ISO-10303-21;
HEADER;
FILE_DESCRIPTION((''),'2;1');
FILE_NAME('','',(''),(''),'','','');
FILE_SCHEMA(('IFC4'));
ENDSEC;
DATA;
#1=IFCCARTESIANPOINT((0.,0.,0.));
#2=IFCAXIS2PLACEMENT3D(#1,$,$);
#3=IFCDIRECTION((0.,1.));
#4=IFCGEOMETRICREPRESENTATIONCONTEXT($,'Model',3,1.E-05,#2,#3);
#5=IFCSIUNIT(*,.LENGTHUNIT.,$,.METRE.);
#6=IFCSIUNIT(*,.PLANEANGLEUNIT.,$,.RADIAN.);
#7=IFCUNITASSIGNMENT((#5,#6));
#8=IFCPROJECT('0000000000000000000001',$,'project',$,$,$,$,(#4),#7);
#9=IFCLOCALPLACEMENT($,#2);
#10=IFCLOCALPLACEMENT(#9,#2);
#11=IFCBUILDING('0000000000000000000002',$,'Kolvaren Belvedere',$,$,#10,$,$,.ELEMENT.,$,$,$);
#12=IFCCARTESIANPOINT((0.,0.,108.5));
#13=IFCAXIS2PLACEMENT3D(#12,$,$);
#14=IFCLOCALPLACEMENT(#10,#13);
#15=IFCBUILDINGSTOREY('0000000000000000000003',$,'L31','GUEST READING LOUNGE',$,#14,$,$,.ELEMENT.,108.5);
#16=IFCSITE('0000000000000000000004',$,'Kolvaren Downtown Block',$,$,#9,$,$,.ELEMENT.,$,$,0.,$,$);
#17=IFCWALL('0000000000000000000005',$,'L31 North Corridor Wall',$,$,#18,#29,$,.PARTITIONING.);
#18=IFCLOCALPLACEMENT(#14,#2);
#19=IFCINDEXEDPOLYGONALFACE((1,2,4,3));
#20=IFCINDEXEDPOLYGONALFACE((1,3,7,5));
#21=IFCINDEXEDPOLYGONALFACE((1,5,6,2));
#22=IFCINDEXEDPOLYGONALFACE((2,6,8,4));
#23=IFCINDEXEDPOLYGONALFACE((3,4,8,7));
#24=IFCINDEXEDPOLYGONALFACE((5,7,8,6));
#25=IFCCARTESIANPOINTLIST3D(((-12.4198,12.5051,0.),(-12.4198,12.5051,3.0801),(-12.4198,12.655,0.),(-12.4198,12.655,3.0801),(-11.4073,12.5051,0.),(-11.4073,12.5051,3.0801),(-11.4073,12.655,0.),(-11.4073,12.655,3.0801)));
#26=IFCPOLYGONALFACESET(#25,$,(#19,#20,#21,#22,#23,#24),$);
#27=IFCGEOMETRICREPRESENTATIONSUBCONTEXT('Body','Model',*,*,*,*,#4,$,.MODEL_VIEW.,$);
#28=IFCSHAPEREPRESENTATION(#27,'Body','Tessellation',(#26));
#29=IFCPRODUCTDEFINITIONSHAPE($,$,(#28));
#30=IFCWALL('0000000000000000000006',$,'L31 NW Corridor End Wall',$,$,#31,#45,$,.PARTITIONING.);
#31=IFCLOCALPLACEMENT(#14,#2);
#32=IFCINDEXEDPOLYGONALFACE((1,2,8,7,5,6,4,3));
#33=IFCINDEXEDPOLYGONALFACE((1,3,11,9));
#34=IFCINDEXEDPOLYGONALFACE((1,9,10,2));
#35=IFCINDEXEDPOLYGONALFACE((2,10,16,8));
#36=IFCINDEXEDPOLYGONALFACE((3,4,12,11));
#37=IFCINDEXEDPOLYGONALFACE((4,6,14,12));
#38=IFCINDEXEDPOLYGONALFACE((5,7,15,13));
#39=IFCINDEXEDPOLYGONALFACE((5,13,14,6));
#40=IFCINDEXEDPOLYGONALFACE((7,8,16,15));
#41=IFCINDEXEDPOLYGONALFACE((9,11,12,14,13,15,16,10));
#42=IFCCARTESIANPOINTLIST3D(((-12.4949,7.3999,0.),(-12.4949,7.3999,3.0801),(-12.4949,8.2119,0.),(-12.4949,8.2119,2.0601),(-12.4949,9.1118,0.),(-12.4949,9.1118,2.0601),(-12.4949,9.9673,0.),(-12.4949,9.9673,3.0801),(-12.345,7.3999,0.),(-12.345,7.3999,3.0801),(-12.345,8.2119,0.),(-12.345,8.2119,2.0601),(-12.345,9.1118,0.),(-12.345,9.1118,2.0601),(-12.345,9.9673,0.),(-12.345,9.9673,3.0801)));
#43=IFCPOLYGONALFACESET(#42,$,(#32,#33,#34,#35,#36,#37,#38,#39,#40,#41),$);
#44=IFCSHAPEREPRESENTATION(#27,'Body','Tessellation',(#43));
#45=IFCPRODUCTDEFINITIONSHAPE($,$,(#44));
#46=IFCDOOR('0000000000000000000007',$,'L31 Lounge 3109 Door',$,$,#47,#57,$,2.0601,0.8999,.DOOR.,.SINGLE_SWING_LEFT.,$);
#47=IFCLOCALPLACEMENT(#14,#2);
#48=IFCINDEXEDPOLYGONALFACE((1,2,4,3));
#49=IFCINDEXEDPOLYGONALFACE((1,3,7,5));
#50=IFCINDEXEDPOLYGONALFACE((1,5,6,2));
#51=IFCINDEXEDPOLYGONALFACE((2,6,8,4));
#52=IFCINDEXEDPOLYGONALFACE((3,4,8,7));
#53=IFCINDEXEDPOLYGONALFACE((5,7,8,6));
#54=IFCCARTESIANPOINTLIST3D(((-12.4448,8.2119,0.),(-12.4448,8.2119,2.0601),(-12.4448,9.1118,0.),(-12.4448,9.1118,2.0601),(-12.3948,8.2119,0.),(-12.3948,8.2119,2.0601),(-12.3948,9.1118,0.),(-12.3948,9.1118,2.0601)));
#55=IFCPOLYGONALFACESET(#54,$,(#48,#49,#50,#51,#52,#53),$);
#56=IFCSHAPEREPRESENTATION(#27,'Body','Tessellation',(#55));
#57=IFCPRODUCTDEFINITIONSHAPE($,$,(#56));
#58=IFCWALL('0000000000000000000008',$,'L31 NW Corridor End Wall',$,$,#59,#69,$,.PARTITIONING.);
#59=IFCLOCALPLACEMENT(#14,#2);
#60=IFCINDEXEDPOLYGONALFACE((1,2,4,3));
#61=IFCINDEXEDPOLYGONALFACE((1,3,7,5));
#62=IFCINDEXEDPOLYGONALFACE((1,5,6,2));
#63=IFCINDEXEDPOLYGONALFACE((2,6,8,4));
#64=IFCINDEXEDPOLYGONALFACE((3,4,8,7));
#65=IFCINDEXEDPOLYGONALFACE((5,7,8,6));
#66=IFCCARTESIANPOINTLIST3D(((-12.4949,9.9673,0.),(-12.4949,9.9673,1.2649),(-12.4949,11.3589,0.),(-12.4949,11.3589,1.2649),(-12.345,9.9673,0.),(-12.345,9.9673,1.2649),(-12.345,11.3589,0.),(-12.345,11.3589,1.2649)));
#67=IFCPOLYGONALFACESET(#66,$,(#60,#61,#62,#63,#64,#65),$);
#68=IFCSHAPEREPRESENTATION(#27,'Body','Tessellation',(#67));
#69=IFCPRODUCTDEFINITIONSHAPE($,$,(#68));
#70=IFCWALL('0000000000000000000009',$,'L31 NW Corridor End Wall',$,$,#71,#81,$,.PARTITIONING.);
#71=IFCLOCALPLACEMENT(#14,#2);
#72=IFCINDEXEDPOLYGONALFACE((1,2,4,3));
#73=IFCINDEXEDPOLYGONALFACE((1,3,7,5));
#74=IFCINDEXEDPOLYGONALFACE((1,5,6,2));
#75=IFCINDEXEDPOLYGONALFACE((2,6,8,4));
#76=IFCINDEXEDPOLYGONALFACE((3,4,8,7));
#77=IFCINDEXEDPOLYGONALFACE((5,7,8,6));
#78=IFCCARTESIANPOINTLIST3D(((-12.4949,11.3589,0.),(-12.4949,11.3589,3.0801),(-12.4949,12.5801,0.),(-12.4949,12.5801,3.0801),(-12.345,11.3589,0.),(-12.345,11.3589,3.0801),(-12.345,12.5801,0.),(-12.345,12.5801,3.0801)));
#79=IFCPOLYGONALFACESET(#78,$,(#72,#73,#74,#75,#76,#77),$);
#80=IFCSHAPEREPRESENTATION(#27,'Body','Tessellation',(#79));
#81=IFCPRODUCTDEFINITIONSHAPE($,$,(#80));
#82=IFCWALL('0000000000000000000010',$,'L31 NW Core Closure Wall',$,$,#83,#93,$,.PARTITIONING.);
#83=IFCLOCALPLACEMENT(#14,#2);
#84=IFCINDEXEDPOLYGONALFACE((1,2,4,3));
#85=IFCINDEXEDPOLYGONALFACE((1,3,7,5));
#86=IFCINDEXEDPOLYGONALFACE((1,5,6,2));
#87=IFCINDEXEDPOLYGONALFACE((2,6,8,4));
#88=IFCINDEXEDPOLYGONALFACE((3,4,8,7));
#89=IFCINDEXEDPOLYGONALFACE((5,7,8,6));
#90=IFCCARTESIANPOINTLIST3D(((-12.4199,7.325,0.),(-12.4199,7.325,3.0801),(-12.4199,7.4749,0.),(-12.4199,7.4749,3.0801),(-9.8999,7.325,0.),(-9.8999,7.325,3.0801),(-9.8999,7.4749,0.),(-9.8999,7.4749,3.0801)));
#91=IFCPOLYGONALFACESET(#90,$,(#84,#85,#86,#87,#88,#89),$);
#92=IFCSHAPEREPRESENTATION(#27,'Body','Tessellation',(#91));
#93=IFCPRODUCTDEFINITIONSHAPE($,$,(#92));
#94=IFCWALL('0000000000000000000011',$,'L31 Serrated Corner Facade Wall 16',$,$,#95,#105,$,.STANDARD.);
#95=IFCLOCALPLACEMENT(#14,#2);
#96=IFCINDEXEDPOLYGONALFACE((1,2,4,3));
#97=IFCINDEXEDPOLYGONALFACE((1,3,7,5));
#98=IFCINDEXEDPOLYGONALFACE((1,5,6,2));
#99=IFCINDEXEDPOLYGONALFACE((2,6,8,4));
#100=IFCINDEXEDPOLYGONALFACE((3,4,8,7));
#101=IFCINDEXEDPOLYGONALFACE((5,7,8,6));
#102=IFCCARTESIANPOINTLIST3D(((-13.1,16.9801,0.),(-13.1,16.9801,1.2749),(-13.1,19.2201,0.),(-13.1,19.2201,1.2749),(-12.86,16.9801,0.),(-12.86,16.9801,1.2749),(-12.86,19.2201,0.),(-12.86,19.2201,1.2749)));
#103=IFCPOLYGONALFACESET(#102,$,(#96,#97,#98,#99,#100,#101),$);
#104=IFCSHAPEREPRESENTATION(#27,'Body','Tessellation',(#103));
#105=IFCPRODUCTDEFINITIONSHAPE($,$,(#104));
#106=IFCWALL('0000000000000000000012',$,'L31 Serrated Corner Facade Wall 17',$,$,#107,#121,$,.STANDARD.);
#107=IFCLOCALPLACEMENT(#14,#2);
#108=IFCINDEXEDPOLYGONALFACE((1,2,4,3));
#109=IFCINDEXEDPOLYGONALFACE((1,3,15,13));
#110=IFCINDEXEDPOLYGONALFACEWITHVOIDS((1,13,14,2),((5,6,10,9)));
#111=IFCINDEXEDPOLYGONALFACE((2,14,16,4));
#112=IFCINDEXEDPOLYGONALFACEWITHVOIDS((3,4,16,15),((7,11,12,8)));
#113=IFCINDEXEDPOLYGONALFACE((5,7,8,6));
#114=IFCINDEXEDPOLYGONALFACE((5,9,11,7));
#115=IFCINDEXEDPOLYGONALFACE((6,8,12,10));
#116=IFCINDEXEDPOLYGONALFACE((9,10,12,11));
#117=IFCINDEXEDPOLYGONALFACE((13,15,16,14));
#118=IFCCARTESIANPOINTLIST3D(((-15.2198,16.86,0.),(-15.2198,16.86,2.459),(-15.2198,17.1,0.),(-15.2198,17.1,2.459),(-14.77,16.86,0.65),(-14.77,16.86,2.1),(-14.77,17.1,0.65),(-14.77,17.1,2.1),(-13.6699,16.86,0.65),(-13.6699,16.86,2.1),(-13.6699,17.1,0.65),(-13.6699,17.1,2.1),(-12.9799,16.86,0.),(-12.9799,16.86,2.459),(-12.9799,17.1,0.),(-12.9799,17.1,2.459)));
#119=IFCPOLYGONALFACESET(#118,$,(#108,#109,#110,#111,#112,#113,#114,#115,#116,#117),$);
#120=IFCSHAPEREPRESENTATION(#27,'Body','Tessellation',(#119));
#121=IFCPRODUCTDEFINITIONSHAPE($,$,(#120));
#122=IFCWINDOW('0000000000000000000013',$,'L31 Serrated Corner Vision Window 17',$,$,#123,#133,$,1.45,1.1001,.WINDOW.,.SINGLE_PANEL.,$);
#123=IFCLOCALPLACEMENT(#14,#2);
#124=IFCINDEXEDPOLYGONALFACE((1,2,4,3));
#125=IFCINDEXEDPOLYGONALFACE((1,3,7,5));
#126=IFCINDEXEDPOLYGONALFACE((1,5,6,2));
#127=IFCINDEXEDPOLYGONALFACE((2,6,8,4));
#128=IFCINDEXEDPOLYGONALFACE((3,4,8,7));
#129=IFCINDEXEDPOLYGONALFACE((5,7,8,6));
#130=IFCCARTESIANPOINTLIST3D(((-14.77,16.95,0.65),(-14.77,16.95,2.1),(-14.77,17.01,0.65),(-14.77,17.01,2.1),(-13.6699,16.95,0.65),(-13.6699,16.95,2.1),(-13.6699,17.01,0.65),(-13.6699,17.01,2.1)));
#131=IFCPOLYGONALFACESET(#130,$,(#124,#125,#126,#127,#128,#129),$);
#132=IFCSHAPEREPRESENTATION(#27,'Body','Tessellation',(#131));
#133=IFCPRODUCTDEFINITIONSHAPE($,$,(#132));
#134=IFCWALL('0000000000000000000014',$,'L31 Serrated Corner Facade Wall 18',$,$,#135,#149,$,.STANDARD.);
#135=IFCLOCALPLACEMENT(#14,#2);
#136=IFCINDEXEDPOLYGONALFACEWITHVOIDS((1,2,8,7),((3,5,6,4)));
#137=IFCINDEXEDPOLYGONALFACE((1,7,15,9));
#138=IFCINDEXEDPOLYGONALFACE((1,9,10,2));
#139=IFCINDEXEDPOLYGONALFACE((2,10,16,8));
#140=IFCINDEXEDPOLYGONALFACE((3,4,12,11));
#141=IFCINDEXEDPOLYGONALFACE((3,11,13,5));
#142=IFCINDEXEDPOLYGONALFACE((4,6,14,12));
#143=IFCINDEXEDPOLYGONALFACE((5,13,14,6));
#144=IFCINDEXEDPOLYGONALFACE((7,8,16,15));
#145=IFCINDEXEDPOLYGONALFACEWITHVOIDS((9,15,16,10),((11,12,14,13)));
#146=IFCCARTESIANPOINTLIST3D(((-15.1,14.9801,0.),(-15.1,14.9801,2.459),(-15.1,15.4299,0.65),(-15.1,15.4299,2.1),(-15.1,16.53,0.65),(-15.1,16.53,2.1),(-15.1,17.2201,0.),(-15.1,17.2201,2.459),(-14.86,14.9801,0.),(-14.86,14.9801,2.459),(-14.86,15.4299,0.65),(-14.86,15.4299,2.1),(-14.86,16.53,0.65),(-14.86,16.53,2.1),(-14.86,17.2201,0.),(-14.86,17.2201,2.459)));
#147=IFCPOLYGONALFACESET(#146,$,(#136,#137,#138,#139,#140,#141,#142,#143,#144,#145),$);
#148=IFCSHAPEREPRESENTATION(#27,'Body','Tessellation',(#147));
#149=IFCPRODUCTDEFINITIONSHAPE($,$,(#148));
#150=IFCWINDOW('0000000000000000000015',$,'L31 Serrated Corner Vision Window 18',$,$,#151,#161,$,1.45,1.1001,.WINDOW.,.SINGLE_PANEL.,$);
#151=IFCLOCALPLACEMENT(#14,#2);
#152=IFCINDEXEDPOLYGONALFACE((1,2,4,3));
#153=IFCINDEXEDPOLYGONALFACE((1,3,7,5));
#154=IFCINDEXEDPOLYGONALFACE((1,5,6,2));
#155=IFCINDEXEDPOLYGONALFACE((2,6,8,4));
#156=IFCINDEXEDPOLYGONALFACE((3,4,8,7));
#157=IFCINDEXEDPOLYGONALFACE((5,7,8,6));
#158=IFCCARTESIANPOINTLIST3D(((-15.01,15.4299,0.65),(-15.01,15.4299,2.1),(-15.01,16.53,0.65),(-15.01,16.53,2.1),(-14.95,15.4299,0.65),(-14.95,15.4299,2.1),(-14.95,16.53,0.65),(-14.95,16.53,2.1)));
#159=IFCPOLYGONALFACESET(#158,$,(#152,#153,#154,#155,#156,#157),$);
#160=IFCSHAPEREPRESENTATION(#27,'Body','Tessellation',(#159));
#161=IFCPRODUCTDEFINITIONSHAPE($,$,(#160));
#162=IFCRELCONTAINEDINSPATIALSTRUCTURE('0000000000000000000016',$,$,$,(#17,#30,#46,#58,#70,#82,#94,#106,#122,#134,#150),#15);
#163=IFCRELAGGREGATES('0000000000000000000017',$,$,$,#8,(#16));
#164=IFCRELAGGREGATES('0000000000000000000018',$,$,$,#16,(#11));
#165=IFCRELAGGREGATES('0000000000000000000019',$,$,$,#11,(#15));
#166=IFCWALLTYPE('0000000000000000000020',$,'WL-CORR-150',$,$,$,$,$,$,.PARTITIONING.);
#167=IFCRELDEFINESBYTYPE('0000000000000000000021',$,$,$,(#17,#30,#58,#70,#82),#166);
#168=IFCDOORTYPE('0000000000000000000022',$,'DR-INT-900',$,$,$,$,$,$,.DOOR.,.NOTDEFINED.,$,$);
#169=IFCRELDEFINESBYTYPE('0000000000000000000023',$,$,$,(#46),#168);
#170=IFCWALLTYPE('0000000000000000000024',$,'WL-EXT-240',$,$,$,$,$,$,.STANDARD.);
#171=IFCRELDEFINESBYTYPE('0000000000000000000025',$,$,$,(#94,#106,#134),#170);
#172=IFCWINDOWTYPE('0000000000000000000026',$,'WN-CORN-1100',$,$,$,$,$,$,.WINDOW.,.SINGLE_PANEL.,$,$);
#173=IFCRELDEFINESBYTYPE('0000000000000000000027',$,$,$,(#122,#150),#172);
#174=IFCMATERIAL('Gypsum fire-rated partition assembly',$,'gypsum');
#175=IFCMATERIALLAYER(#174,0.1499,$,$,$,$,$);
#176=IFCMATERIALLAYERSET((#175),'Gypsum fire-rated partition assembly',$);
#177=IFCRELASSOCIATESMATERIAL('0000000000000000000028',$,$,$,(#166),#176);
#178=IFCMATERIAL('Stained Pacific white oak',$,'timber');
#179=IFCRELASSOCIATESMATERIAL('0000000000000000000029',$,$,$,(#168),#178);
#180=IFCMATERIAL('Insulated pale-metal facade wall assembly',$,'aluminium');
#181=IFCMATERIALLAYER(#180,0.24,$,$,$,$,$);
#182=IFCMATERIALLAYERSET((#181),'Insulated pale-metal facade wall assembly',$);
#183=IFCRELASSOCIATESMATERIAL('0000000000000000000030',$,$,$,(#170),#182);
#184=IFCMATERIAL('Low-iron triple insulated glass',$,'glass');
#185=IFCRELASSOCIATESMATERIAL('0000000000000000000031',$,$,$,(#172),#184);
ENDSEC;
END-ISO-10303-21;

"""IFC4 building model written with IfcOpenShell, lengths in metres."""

from ifc_helpers import new_model, si_unit, direction, frame, frame_2d, origin, place, context, subcontext, project, spatial, rectangle, extrude, material, layer, layer_set, type_object, element, fill, save


model = new_model("IFC4")

# Units and contexts
model_context = context("Model", 3, precision=1e-05, world=origin(), true_north=direction((0.0, 1.0)))
body_context = subcontext(model_context, "Body", "Model", "MODEL_VIEW")
ifc_project = project(units=[si_unit("LENGTHUNIT", "METRE"), si_unit("PLANEANGLEUNIT", "RADIAN")], contexts=[model_context])

# Site, building, storey
site_placement = place(None, origin())
site = spatial("IfcSite", under=ifc_project, at=site_placement, Name="Kolvaren Downtown Block", CompositionType="ELEMENT", RefElevation=0.0)
building_placement = place(site_placement, origin())
building = spatial("IfcBuilding", under=site, at=building_placement, Name="Kolvaren Belvedere", CompositionType="ELEMENT")
storey_placement = place(building_placement, frame((0.0, 0.0, 108.5)))
storey = spatial("IfcBuildingStorey", under=building, at=storey_placement, Name="L31", Description="GUEST READING LOUNGE", CompositionType="ELEMENT", Elevation=108.5)

# Wall
ifc_material_1 = material(Name="Gypsum fire-rated partition assembly", Category="gypsum")
ifc_layer_1 = layer(ifc_material_1, 0.1499)
ifc_layer_set_1 = layer_set([ifc_layer_1], Name="Gypsum fire-rated partition assembly")
wall_type_1 = type_object("IfcWallType", Name="WL-CORR-150", PredefinedType="PARTITIONING", material=ifc_layer_set_1)
wall_1_placement = place(storey_placement, frame((-12.4199, 12.5801, 0.0), z_axis=(0.0, 0.0, 1.0), x_axis=(1.0, 0.0, 0.0)))
element("IfcWall", 1, at=wall_1_placement, inside=storey, type_object=wall_type_1, Name="L31 North Corridor Wall", PredefinedType="PARTITIONING", context=body_context, shape_type="SweptSolid", body=[
    extrude(rectangle(XDim=1.0125, YDim=0.1499, at=frame_2d((0.5063, 0.0))), origin(), (0.0, 0.0, 1.0), 3.0801),
])

# Wall, opening, door
wall_2_placement = place(storey_placement, frame((-12.4199, 7.3999, 0.0), z_axis=(0.0, 0.0, 1.0), x_axis=(0.0, 1.0, 0.0)))
wall_2 = element("IfcWall", 2, at=wall_2_placement, inside=storey, type_object=wall_type_1, Name="L31 NW Corridor End Wall", PredefinedType="PARTITIONING", context=body_context, shape_type="SweptSolid", body=[
    extrude(rectangle(XDim=2.5674, YDim=0.1499, at=frame_2d((1.2837, 0.0))), origin(), (0.0, 0.0, 1.0), 3.0801),
])
opening_1_placement = place(wall_2_placement, frame((0.812, 0.0, 0.0)))
opening_1 = element("IfcOpeningElement", 3, at=opening_1_placement, cuts=wall_2, PredefinedType="OPENING", context=body_context, shape_type="SweptSolid", body=[
    extrude(rectangle(XDim=0.8999, YDim=2.0601, at=frame_2d((0.45, 1.03))), frame((0.0, 0.085, 0.0), z_axis=(0.0, -1.0, 0.0), x_axis=(1.0, 0.0, 0.0)), (0.0, 0.0, 1.0), 0.1699),
])
ifc_material_2 = material(Name="Stained Pacific white oak", Category="timber")
door_type = type_object("IfcDoorType", Name="DR-INT-900", OperationType="NOTDEFINED", PredefinedType="DOOR", material=ifc_material_2)
door_placement = place(opening_1_placement, origin())
door = element("IfcDoor", 4, at=door_placement, inside=storey, type_object=door_type, Name="L31 Lounge 3109 Door", OperationType="SINGLE_SWING_LEFT", OverallHeight=2.0601, OverallWidth=0.8999, PredefinedType="DOOR", context=body_context, shape_type="SweptSolid", body=[
    extrude(rectangle(XDim=0.8999, YDim=2.0601, at=frame_2d((0.45, 1.03))), frame((0.0, 0.0249, 0.0), z_axis=(0.0, -1.0, 0.0), x_axis=(1.0, 0.0, 0.0)), (0.0, 0.0, 1.0), 0.05),
])
fill(opening_1, door)

# Walls
wall_3_placement = place(storey_placement, frame((-12.4199, 9.9673, 0.0), z_axis=(0.0, 0.0, 1.0), x_axis=(0.0, 1.0, 0.0)))
element("IfcWall", 5, at=wall_3_placement, inside=storey, type_object=wall_type_1, Name="L31 NW Corridor End Wall", PredefinedType="PARTITIONING", context=body_context, shape_type="SweptSolid", body=[
    extrude(rectangle(XDim=1.3916, YDim=0.1499, at=frame_2d((0.6958, 0.0))), origin(), (0.0, 0.0, 1.0), 1.2649),
])
wall_4_placement = place(storey_placement, frame((-12.4199, 11.3589, 0.0), z_axis=(0.0, 0.0, 1.0), x_axis=(0.0, 1.0, 0.0)))
element("IfcWall", 6, at=wall_4_placement, inside=storey, type_object=wall_type_1, Name="L31 NW Corridor End Wall", PredefinedType="PARTITIONING", context=body_context, shape_type="SweptSolid", body=[
    extrude(rectangle(XDim=1.2212, YDim=0.1499, at=frame_2d((0.6106, 0.0))), origin(), (0.0, 0.0, 1.0), 3.0801),
])
wall_5_placement = place(storey_placement, frame((-12.4199, 7.3999, 0.0), z_axis=(0.0, 0.0, 1.0), x_axis=(1.0, 0.0, 0.0)))
element("IfcWall", 7, at=wall_5_placement, inside=storey, type_object=wall_type_1, Name="L31 NW Core Closure Wall", PredefinedType="PARTITIONING", context=body_context, shape_type="SweptSolid", body=[
    extrude(rectangle(XDim=2.52, YDim=0.1499, at=frame_2d((1.26, 0.0))), origin(), (0.0, 0.0, 1.0), 3.0801),
])
ifc_material_3 = material(Name="Insulated pale-metal facade wall assembly", Category="aluminium")
ifc_layer_2 = layer(ifc_material_3, 0.24)
ifc_layer_set_2 = layer_set([ifc_layer_2], Name="Insulated pale-metal facade wall assembly")
wall_type_2 = type_object("IfcWallType", Name="WL-EXT-240", PredefinedType="STANDARD", material=ifc_layer_set_2)
wall_6_placement = place(storey_placement, frame((-12.98, 16.98, 0.0), z_axis=(0.0, 0.0, 1.0), x_axis=(0.0, 1.0, 0.0)))
element("IfcWall", 8, at=wall_6_placement, inside=storey, type_object=wall_type_2, Name="L31 Serrated Corner Facade Wall 16", PredefinedType="STANDARD", context=body_context, shape_type="SweptSolid", body=[
    extrude(rectangle(XDim=2.24, YDim=0.24, at=frame_2d((1.1201, 0.0))), origin(), (0.0, 0.0, 1.0), 1.2749),
])

# Walls, openings, windows
wall_7_placement = place(storey_placement, frame((-15.22, 16.98, 0.0), z_axis=(0.0, 0.0, 1.0), x_axis=(1.0, 0.0, 0.0)))
wall_7 = element("IfcWall", 9, at=wall_7_placement, inside=storey, type_object=wall_type_2, Name="L31 Serrated Corner Facade Wall 17", PredefinedType="STANDARD", context=body_context, shape_type="SweptSolid", body=[
    extrude(rectangle(XDim=2.24, YDim=0.24, at=frame_2d((1.1201, 0.0))), origin(), (0.0, 0.0, 1.0), 2.459),
])
opening_2_placement = place(wall_7_placement, frame((0.45, 0.0, 0.6499)))
opening_2 = element("IfcOpeningElement", 10, at=opening_2_placement, cuts=wall_7, PredefinedType="OPENING", context=body_context, shape_type="SweptSolid", body=[
    extrude(rectangle(XDim=1.1001, YDim=1.45, at=frame_2d((0.55, 0.7251))), frame((0.0, 0.1299, 0.0), z_axis=(0.0, -1.0, 0.0), x_axis=(1.0, 0.0, 0.0)), (0.0, 0.0, 1.0), 0.26),
])
ifc_material_4 = material(Name="Low-iron triple insulated glass", Category="glass")
window_type = type_object("IfcWindowType", Name="WN-CORN-1100", PartitioningType="SINGLE_PANEL", PredefinedType="WINDOW", material=ifc_material_4)
window_1_placement = place(opening_2_placement, origin())
window_1 = element("IfcWindow", 11, at=window_1_placement, inside=storey, type_object=window_type, Name="L31 Serrated Corner Vision Window 17", OverallHeight=1.45, OverallWidth=1.1001, PartitioningType="SINGLE_PANEL", PredefinedType="WINDOW", context=body_context, shape_type="SweptSolid", body=[
    extrude(rectangle(XDim=1.1001, YDim=1.45, at=frame_2d((0.55, 0.7251))), frame((0.0, 0.03, 0.0), z_axis=(0.0, -1.0, 0.0), x_axis=(1.0, 0.0, 0.0)), (0.0, 0.0, 1.0), 0.0601),
])
fill(opening_2, window_1)
wall_8_placement = place(storey_placement, frame((-14.98, 14.98, 0.0), z_axis=(0.0, 0.0, 1.0), x_axis=(0.0, 1.0, 0.0)))
wall_8 = element("IfcWall", 12, at=wall_8_placement, inside=storey, type_object=wall_type_2, Name="L31 Serrated Corner Facade Wall 18", PredefinedType="STANDARD", context=body_context, shape_type="SweptSolid", body=[
    extrude(rectangle(XDim=2.24, YDim=0.24, at=frame_2d((1.1201, 0.0))), origin(), (0.0, 0.0, 1.0), 2.459),
])
opening_3_placement = place(wall_8_placement, frame((0.45, 0.0, 0.6499)))
opening_3 = element("IfcOpeningElement", 13, at=opening_3_placement, cuts=wall_8, PredefinedType="OPENING", context=body_context, shape_type="SweptSolid", body=[
    extrude(rectangle(XDim=1.1001, YDim=1.45, at=frame_2d((0.55, 0.7251))), frame((0.0, 0.1299, 0.0), z_axis=(0.0, -1.0, 0.0), x_axis=(1.0, 0.0, 0.0)), (0.0, 0.0, 1.0), 0.26),
])
window_2_placement = place(opening_3_placement, origin())
window_2 = element("IfcWindow", 14, at=window_2_placement, inside=storey, type_object=window_type, Name="L31 Serrated Corner Vision Window 18", OverallHeight=1.45, OverallWidth=1.1001, PartitioningType="SINGLE_PANEL", PredefinedType="WINDOW", context=body_context, shape_type="SweptSolid", body=[
    extrude(rectangle(XDim=1.1001, YDim=1.45, at=frame_2d((0.55, 0.7251))), frame((0.0, 0.03, 0.0), z_axis=(0.0, -1.0, 0.0), x_axis=(1.0, 0.0, 0.0)), (0.0, 0.0, 1.0), 0.0601),
])
fill(opening_3, window_2)

save(model, "model.ifc")
